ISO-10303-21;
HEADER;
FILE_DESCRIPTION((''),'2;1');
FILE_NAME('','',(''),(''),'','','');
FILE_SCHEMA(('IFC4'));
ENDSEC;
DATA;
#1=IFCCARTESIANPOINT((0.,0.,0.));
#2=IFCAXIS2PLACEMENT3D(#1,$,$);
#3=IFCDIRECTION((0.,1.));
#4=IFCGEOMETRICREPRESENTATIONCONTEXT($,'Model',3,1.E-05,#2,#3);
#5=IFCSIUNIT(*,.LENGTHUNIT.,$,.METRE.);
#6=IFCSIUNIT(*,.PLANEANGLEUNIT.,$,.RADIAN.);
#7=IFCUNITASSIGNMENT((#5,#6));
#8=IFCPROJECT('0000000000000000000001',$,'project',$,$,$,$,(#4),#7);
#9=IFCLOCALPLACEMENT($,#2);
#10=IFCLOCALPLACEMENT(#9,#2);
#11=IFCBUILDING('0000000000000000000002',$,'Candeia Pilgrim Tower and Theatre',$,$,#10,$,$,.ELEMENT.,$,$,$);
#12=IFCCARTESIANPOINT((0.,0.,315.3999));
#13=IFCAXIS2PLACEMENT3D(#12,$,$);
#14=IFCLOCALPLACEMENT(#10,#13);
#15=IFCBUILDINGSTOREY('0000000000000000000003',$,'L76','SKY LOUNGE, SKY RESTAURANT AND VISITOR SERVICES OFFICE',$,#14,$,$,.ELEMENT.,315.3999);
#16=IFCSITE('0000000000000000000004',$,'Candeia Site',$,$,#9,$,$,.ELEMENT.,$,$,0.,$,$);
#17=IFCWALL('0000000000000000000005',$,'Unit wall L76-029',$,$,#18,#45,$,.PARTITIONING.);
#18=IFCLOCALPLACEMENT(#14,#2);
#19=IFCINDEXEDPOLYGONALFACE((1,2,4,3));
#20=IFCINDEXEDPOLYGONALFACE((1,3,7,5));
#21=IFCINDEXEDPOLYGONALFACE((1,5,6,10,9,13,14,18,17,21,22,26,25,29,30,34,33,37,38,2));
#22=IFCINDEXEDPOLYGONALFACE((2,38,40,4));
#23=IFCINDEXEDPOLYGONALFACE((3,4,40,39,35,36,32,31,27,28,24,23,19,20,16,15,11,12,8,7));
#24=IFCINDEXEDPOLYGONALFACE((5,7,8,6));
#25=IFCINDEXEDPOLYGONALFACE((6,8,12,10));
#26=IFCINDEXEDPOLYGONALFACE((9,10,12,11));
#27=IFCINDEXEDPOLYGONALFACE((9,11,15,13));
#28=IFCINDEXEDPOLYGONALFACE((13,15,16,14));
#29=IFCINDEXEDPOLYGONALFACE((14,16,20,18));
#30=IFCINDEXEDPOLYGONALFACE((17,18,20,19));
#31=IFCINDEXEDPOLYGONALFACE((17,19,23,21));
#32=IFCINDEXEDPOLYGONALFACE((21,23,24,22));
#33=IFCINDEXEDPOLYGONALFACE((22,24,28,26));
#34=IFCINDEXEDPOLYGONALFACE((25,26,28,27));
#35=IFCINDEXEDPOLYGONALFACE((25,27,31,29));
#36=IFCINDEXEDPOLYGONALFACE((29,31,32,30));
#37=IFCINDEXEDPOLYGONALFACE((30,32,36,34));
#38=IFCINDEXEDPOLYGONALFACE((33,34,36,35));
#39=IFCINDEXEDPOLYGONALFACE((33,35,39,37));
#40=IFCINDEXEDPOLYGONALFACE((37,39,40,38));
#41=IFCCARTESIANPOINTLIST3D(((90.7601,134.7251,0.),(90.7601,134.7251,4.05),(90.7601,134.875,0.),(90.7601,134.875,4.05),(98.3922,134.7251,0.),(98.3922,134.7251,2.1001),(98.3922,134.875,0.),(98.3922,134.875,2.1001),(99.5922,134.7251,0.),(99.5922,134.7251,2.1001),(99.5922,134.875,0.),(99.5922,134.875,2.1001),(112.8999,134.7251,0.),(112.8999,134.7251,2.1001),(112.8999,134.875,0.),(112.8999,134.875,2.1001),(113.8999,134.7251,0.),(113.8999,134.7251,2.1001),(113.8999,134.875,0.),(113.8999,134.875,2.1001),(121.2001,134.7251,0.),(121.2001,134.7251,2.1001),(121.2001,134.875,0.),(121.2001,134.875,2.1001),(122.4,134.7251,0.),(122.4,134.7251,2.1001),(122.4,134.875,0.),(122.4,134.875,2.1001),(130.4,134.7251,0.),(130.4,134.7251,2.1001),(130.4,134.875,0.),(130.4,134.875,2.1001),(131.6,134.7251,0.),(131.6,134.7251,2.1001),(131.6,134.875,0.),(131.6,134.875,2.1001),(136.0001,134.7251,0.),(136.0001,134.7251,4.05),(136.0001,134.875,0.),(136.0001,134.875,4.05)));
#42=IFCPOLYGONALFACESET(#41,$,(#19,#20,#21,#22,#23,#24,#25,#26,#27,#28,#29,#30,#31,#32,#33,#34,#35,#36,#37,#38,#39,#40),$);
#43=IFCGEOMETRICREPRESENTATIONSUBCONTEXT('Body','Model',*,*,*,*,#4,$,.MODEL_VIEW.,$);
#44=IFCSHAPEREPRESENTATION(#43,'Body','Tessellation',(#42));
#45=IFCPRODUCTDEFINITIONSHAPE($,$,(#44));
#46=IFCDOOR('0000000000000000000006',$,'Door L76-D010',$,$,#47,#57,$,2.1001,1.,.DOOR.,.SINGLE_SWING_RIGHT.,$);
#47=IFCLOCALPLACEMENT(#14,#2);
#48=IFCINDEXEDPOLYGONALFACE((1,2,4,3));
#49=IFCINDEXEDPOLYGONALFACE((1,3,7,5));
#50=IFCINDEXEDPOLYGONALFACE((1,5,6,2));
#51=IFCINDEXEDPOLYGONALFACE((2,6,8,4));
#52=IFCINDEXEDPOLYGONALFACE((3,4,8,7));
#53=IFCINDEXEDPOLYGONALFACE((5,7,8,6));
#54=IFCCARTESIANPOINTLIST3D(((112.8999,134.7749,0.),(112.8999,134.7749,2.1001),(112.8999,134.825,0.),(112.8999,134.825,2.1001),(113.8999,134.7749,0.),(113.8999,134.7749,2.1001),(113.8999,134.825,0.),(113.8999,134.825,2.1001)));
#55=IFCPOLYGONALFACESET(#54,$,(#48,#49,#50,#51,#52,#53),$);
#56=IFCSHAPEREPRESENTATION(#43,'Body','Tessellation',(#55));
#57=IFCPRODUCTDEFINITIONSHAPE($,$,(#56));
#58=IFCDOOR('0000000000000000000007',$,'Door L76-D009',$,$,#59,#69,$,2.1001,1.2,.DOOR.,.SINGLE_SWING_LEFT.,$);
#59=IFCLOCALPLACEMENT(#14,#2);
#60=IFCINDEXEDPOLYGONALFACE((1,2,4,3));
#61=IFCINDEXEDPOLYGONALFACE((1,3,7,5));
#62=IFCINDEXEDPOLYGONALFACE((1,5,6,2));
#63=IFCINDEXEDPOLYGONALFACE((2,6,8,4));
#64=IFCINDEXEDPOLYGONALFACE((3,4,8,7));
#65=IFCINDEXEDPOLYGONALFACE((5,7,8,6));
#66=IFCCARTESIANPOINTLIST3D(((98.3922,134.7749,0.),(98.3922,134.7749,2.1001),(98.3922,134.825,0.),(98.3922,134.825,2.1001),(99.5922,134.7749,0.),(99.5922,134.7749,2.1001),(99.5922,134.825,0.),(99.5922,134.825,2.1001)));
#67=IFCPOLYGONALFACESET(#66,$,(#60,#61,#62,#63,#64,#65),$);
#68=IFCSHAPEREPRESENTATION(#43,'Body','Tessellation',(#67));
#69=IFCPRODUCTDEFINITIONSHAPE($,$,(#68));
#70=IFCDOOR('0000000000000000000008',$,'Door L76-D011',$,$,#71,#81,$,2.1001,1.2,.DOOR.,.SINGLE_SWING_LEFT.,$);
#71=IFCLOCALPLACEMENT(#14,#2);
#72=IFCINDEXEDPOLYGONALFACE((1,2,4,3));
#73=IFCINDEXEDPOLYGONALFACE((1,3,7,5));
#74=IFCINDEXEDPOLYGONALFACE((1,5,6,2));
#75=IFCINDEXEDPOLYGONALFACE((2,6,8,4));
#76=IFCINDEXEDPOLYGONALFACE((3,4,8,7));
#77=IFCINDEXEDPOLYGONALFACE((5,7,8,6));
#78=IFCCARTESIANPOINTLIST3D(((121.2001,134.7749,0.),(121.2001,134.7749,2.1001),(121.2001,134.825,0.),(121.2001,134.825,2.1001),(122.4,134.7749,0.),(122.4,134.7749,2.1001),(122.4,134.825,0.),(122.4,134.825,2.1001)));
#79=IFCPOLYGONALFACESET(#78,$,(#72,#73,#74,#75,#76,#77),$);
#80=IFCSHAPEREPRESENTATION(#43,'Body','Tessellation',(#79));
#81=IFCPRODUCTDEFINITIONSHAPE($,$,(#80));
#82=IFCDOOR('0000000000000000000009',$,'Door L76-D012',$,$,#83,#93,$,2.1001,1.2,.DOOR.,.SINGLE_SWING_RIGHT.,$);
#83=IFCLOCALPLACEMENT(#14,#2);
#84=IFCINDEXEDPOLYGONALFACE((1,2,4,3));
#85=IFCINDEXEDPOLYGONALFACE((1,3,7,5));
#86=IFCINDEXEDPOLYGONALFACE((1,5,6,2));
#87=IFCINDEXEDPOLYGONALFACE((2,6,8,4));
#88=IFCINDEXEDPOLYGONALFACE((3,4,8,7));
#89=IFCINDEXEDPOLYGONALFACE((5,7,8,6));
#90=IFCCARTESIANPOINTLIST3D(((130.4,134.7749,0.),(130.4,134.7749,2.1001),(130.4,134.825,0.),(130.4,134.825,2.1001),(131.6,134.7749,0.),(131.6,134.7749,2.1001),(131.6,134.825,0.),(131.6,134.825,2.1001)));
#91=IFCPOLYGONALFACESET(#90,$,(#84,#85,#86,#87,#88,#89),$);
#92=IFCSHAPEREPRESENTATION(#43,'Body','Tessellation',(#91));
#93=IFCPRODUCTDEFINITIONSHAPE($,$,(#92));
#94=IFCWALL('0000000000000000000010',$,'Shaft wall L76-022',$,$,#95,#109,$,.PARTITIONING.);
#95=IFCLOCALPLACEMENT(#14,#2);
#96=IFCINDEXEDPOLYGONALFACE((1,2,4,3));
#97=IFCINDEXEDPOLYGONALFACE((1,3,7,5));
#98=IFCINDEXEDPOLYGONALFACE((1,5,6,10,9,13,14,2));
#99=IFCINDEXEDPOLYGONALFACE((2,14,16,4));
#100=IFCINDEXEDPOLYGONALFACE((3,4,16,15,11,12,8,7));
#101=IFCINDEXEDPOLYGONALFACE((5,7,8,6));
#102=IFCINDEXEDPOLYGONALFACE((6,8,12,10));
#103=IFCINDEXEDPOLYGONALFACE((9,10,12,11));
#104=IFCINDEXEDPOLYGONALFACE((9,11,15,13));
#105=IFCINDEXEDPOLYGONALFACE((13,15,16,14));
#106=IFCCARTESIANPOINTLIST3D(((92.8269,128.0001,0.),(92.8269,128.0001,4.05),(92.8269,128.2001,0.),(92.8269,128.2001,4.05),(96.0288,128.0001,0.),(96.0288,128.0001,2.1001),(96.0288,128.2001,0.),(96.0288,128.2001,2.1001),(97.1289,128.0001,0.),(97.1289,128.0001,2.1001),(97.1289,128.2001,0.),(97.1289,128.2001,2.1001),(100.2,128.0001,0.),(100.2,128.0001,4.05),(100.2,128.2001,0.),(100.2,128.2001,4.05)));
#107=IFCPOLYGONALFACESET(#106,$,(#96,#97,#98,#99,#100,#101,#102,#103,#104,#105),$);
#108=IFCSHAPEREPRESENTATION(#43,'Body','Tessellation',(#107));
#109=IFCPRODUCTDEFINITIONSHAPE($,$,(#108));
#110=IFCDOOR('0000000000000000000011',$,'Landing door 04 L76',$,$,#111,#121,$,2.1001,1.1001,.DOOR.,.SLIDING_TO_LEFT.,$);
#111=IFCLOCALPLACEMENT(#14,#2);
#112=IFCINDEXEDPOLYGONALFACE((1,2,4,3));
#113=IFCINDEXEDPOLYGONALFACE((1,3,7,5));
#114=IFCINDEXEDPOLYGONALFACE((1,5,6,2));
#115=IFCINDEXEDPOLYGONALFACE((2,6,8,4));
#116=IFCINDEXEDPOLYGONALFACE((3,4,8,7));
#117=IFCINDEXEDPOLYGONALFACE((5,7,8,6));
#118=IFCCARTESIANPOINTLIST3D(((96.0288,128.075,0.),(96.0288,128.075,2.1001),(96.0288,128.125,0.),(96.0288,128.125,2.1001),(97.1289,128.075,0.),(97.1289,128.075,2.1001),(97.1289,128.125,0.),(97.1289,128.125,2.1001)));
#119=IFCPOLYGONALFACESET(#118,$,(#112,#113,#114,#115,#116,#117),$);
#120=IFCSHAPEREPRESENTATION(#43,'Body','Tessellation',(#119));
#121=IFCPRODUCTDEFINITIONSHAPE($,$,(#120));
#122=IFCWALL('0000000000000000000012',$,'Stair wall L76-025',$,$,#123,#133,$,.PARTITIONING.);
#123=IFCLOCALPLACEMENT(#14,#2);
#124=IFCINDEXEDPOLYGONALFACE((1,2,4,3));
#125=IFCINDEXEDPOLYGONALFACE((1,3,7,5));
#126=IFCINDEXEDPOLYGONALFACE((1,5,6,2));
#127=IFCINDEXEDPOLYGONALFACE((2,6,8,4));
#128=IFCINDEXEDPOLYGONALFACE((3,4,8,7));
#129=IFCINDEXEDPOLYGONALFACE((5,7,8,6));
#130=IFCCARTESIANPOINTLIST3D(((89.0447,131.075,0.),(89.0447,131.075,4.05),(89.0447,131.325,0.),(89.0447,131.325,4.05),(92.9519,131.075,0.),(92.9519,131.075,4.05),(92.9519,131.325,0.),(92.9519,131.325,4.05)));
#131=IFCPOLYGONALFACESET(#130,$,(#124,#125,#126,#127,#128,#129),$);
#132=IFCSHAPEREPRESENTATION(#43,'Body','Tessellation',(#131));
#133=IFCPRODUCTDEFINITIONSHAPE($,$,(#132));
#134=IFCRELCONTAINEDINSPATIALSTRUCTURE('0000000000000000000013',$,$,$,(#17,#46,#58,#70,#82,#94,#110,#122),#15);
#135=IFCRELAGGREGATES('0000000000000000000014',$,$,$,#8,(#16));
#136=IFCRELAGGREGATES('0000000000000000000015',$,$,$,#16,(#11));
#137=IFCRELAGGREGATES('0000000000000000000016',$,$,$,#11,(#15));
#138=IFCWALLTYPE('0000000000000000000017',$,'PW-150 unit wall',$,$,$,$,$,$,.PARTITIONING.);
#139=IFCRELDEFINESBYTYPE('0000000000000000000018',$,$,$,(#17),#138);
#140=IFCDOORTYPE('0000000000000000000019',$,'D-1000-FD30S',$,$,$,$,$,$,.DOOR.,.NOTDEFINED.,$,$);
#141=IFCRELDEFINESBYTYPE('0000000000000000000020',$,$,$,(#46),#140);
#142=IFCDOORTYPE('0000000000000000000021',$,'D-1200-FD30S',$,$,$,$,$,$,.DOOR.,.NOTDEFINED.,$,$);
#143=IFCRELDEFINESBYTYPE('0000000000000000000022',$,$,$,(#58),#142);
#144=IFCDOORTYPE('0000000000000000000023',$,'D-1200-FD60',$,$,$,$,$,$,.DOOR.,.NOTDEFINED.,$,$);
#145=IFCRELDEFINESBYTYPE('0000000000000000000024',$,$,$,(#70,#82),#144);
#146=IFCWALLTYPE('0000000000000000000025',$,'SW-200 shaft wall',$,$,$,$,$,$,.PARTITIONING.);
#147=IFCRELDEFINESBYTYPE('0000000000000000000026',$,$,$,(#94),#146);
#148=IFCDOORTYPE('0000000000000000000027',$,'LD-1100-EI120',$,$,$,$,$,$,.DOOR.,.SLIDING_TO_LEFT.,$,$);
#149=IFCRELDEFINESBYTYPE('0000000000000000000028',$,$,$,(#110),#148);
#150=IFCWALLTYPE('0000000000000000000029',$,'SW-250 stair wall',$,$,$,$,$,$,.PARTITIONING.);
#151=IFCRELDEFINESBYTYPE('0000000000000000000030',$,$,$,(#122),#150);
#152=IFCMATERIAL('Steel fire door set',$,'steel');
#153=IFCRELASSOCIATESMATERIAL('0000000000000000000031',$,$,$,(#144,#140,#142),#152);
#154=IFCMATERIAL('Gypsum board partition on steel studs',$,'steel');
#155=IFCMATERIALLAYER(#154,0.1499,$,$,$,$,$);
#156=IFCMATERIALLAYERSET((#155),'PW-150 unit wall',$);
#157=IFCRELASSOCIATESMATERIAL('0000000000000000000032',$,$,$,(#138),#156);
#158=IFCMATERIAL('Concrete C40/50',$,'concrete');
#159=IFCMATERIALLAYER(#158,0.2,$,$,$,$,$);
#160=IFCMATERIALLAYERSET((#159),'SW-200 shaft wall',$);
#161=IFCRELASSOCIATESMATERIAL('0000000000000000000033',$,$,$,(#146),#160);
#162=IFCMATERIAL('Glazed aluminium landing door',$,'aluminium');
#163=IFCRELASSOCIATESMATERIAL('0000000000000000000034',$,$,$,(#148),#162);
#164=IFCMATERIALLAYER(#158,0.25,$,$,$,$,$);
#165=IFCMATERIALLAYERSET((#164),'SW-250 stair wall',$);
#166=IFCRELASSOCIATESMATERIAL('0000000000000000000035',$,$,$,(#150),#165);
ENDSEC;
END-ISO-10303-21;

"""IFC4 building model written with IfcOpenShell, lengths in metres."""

from ifc_helpers import new_model, si_unit, direction, frame, frame_2d, origin, place, context, subcontext, project, spatial, rectangle, extrude, material, layer, layer_set, type_object, element, fill, save


model = new_model("IFC4")

# Units and contexts
model_context = context("Model", 3, precision=1e-05, world=origin(), true_north=direction((0.0, 1.0)))
body_context = subcontext(model_context, "Body", "Model", "MODEL_VIEW")
ifc_project = project(units=[si_unit("LENGTHUNIT", "METRE"), si_unit("PLANEANGLEUNIT", "RADIAN")], contexts=[model_context])

# Site, building, storey
site_placement = place(None, origin())
site = spatial("IfcSite", under=ifc_project, at=site_placement, Name="Candeia Site", CompositionType="ELEMENT", RefElevation=0.0)
building_placement = place(site_placement, origin())
building = spatial("IfcBuilding", under=site, at=building_placement, Name="Candeia Pilgrim Tower and Theatre", CompositionType="ELEMENT")
storey_placement = place(building_placement, frame((0.0, 0.0, 315.3999)))
storey = spatial("IfcBuildingStorey", under=building, at=storey_placement, Name="L76", Description="SKY LOUNGE, SKY RESTAURANT AND VISITOR SERVICES OFFICE", CompositionType="ELEMENT", Elevation=315.3999)

# Shared definitions
ifc_material_1 = material(Name="Concrete C40/50", Category="concrete")

# Shared definitions
ifc_material_2 = material(Name="Steel fire door set", Category="steel")
door_type_1 = type_object("IfcDoorType", Name="D-1200-FD60", OperationType="NOTDEFINED", PredefinedType="DOOR", material=ifc_material_2)

# Wall, openings, doors
ifc_material_3 = material(Name="Gypsum board partition on steel studs", Category="steel")
ifc_layer_1 = layer(ifc_material_3, 0.1499)
ifc_layer_set_1 = layer_set([ifc_layer_1], Name="PW-150 unit wall")
wall_type_1 = type_object("IfcWallType", Name="PW-150 unit wall", PredefinedType="PARTITIONING", material=ifc_layer_set_1)
wall_1_placement = place(storey_placement, frame((90.76, 134.8, 0.0), z_axis=(0.0, 0.0, 1.0), x_axis=(1.0, 0.0, 0.0)))
wall_1 = element("IfcWall", 1, at=wall_1_placement, inside=storey, type_object=wall_type_1, Name="Unit wall L76-029", PredefinedType="PARTITIONING", context=body_context, shape_type="SweptSolid", body=[
    extrude(rectangle(XDim=45.24, YDim=0.1499, at=frame_2d((22.6201, 0.0))), origin(), (0.0, 0.0, 1.0), 4.05),
])
opening_1_placement = place(wall_1_placement, frame((7.6321, 0.0, 0.0)))
opening_1 = element("IfcOpeningElement", 2, at=opening_1_placement, cuts=wall_1, PredefinedType="OPENING", context=body_context, shape_type="SweptSolid", body=[
    extrude(rectangle(XDim=1.2, YDim=2.1001, at=frame_2d((0.6001, 1.05))), frame((0.0, 0.085, 0.0), z_axis=(0.0, -1.0, 0.0), x_axis=(1.0, 0.0, 0.0)), (0.0, 0.0, 1.0), 0.1699),
])
opening_2_placement = place(wall_1_placement, frame((22.1399, 0.0, 0.0)))
opening_2 = element("IfcOpeningElement", 3, at=opening_2_placement, cuts=wall_1, PredefinedType="OPENING", context=body_context, shape_type="SweptSolid", body=[
    extrude(rectangle(XDim=1.0, YDim=2.1001, at=frame_2d((0.5, 1.05))), frame((0.0, 0.085, 0.0), z_axis=(0.0, -1.0, 0.0), x_axis=(1.0, 0.0, 0.0)), (0.0, 0.0, 1.0), 0.1699),
])
opening_3_placement = place(wall_1_placement, frame((30.4399, 0.0, 0.0)))
opening_3 = element("IfcOpeningElement", 4, at=opening_3_placement, cuts=wall_1, PredefinedType="OPENING", context=body_context, shape_type="SweptSolid", body=[
    extrude(rectangle(XDim=1.2, YDim=2.1001, at=frame_2d((0.6001, 1.05))), frame((0.0, 0.085, 0.0), z_axis=(0.0, -1.0, 0.0), x_axis=(1.0, 0.0, 0.0)), (0.0, 0.0, 1.0), 0.1699),
])
opening_4_placement = place(wall_1_placement, frame((39.6399, 0.0, 0.0)))
opening_4 = element("IfcOpeningElement", 5, at=opening_4_placement, cuts=wall_1, PredefinedType="OPENING", context=body_context, shape_type="SweptSolid", body=[
    extrude(rectangle(XDim=1.2, YDim=2.1001, at=frame_2d((0.6001, 1.05))), frame((0.0, 0.085, 0.0), z_axis=(0.0, -1.0, 0.0), x_axis=(1.0, 0.0, 0.0)), (0.0, 0.0, 1.0), 0.1699),
])
door_type_2 = type_object("IfcDoorType", Name="D-1000-FD30S", OperationType="NOTDEFINED", PredefinedType="DOOR", material=ifc_material_2)
door_1_placement = place(opening_2_placement, origin())
door_1 = element("IfcDoor", 6, at=door_1_placement, inside=storey, type_object=door_type_2, Name="Door L76-D010", OperationType="SINGLE_SWING_RIGHT", OverallHeight=2.1001, OverallWidth=1.0, PredefinedType="DOOR", context=body_context, shape_type="SweptSolid", body=[
    extrude(rectangle(XDim=1.0, YDim=2.1001, at=frame_2d((0.5, 1.05))), frame((0.0, 0.0249, 0.0), z_axis=(0.0, -1.0, 0.0), x_axis=(1.0, 0.0, 0.0)), (0.0, 0.0, 1.0), 0.05),
])
fill(opening_2, door_1)
door_type_3 = type_object("IfcDoorType", Name="D-1200-FD30S", OperationType="NOTDEFINED", PredefinedType="DOOR", material=ifc_material_2)
door_2_placement = place(opening_1_placement, origin())
door_2 = element("IfcDoor", 7, at=door_2_placement, inside=storey, type_object=door_type_3, Name="Door L76-D009", OperationType="SINGLE_SWING_LEFT", OverallHeight=2.1001, OverallWidth=1.2, PredefinedType="DOOR", context=body_context, shape_type="SweptSolid", body=[
    extrude(rectangle(XDim=1.2, YDim=2.1001, at=frame_2d((0.6001, 1.05))), frame((0.0, 0.0249, 0.0), z_axis=(0.0, -1.0, 0.0), x_axis=(1.0, 0.0, 0.0)), (0.0, 0.0, 1.0), 0.05),
])
fill(opening_1, door_2)
door_3_placement = place(opening_3_placement, origin())
door_3 = element("IfcDoor", 8, at=door_3_placement, inside=storey, type_object=door_type_1, Name="Door L76-D011", OperationType="SINGLE_SWING_LEFT", OverallHeight=2.1001, OverallWidth=1.2, PredefinedType="DOOR", context=body_context, shape_type="SweptSolid", body=[
    extrude(rectangle(XDim=1.2, YDim=2.1001, at=frame_2d((0.6001, 1.05))), frame((0.0, 0.0249, 0.0), z_axis=(0.0, -1.0, 0.0), x_axis=(1.0, 0.0, 0.0)), (0.0, 0.0, 1.0), 0.05),
])
fill(opening_3, door_3)
door_4_placement = place(opening_4_placement, origin())
door_4 = element("IfcDoor", 9, at=door_4_placement, inside=storey, type_object=door_type_1, Name="Door L76-D012", OperationType="SINGLE_SWING_RIGHT", OverallHeight=2.1001, OverallWidth=1.2, PredefinedType="DOOR", context=body_context, shape_type="SweptSolid", body=[
    extrude(rectangle(XDim=1.2, YDim=2.1001, at=frame_2d((0.6001, 1.05))), frame((0.0, 0.0249, 0.0), z_axis=(0.0, -1.0, 0.0), x_axis=(1.0, 0.0, 0.0)), (0.0, 0.0, 1.0), 0.05),
])
fill(opening_4, door_4)

# Wall, opening, door
ifc_layer_2 = layer(ifc_material_1, 0.2)
ifc_layer_set_2 = layer_set([ifc_layer_2], Name="SW-200 shaft wall")
wall_type_2 = type_object("IfcWallType", Name="SW-200 shaft wall", PredefinedType="PARTITIONING", material=ifc_layer_set_2)
wall_2_placement = place(storey_placement, frame((92.8269, 128.1001, 0.0), z_axis=(0.0, 0.0, 1.0), x_axis=(1.0, 0.0, 0.0)))
wall_2 = element("IfcWall", 10, at=wall_2_placement, inside=storey, type_object=wall_type_2, Name="Shaft wall L76-022", PredefinedType="PARTITIONING", context=body_context, shape_type="SweptSolid", body=[
    extrude(rectangle(XDim=7.373, YDim=0.2, at=frame_2d((3.6865, 0.0))), origin(), (0.0, 0.0, 1.0), 4.05),
])
opening_5_placement = place(wall_2_placement, frame((3.2019, 0.0, 0.0)))
opening_5 = element("IfcOpeningElement", 11, at=opening_5_placement, cuts=wall_2, PredefinedType="OPENING", context=body_context, shape_type="SweptSolid", body=[
    extrude(rectangle(XDim=1.1001, YDim=2.1001, at=frame_2d((0.55, 1.05))), frame((0.0, 0.1099, 0.0), z_axis=(0.0, -1.0, 0.0), x_axis=(1.0, 0.0, 0.0)), (0.0, 0.0, 1.0), 0.22),
])
ifc_material_4 = material(Name="Glazed aluminium landing door", Category="aluminium")
door_type_4 = type_object("IfcDoorType", Name="LD-1100-EI120", OperationType="SLIDING_TO_LEFT", PredefinedType="DOOR", material=ifc_material_4)
door_5_placement = place(opening_5_placement, origin())
door_5 = element("IfcDoor", 12, at=door_5_placement, inside=storey, type_object=door_type_4, Name="Landing door 04 L76", OperationType="SLIDING_TO_LEFT", OverallHeight=2.1001, OverallWidth=1.1001, PredefinedType="DOOR", context=body_context, shape_type="SweptSolid", body=[
    extrude(rectangle(XDim=1.1001, YDim=2.1001, at=frame_2d((0.55, 1.05))), frame((0.0, 0.0249, 0.0), z_axis=(0.0, -1.0, 0.0), x_axis=(1.0, 0.0, 0.0)), (0.0, 0.0, 1.0), 0.05),
])
fill(opening_5, door_5)

# Wall
ifc_layer_3 = layer(ifc_material_1, 0.25)
ifc_layer_set_3 = layer_set([ifc_layer_3], Name="SW-250 stair wall")
wall_type_3 = type_object("IfcWallType", Name="SW-250 stair wall", PredefinedType="PARTITIONING", material=ifc_layer_set_3)
wall_3_placement = place(storey_placement, frame((89.0447, 131.2, 0.0), z_axis=(0.0, 0.0, 1.0), x_axis=(1.0, 0.0, 0.0)))
element("IfcWall", 13, at=wall_3_placement, inside=storey, type_object=wall_type_3, Name="Stair wall L76-025", PredefinedType="PARTITIONING", context=body_context, shape_type="SweptSolid", body=[
    extrude(rectangle(XDim=3.9072, YDim=0.25, at=frame_2d((1.9536, 0.0))), origin(), (0.0, 0.0, 1.0), 4.05),
])

save(model, "model.ifc")
